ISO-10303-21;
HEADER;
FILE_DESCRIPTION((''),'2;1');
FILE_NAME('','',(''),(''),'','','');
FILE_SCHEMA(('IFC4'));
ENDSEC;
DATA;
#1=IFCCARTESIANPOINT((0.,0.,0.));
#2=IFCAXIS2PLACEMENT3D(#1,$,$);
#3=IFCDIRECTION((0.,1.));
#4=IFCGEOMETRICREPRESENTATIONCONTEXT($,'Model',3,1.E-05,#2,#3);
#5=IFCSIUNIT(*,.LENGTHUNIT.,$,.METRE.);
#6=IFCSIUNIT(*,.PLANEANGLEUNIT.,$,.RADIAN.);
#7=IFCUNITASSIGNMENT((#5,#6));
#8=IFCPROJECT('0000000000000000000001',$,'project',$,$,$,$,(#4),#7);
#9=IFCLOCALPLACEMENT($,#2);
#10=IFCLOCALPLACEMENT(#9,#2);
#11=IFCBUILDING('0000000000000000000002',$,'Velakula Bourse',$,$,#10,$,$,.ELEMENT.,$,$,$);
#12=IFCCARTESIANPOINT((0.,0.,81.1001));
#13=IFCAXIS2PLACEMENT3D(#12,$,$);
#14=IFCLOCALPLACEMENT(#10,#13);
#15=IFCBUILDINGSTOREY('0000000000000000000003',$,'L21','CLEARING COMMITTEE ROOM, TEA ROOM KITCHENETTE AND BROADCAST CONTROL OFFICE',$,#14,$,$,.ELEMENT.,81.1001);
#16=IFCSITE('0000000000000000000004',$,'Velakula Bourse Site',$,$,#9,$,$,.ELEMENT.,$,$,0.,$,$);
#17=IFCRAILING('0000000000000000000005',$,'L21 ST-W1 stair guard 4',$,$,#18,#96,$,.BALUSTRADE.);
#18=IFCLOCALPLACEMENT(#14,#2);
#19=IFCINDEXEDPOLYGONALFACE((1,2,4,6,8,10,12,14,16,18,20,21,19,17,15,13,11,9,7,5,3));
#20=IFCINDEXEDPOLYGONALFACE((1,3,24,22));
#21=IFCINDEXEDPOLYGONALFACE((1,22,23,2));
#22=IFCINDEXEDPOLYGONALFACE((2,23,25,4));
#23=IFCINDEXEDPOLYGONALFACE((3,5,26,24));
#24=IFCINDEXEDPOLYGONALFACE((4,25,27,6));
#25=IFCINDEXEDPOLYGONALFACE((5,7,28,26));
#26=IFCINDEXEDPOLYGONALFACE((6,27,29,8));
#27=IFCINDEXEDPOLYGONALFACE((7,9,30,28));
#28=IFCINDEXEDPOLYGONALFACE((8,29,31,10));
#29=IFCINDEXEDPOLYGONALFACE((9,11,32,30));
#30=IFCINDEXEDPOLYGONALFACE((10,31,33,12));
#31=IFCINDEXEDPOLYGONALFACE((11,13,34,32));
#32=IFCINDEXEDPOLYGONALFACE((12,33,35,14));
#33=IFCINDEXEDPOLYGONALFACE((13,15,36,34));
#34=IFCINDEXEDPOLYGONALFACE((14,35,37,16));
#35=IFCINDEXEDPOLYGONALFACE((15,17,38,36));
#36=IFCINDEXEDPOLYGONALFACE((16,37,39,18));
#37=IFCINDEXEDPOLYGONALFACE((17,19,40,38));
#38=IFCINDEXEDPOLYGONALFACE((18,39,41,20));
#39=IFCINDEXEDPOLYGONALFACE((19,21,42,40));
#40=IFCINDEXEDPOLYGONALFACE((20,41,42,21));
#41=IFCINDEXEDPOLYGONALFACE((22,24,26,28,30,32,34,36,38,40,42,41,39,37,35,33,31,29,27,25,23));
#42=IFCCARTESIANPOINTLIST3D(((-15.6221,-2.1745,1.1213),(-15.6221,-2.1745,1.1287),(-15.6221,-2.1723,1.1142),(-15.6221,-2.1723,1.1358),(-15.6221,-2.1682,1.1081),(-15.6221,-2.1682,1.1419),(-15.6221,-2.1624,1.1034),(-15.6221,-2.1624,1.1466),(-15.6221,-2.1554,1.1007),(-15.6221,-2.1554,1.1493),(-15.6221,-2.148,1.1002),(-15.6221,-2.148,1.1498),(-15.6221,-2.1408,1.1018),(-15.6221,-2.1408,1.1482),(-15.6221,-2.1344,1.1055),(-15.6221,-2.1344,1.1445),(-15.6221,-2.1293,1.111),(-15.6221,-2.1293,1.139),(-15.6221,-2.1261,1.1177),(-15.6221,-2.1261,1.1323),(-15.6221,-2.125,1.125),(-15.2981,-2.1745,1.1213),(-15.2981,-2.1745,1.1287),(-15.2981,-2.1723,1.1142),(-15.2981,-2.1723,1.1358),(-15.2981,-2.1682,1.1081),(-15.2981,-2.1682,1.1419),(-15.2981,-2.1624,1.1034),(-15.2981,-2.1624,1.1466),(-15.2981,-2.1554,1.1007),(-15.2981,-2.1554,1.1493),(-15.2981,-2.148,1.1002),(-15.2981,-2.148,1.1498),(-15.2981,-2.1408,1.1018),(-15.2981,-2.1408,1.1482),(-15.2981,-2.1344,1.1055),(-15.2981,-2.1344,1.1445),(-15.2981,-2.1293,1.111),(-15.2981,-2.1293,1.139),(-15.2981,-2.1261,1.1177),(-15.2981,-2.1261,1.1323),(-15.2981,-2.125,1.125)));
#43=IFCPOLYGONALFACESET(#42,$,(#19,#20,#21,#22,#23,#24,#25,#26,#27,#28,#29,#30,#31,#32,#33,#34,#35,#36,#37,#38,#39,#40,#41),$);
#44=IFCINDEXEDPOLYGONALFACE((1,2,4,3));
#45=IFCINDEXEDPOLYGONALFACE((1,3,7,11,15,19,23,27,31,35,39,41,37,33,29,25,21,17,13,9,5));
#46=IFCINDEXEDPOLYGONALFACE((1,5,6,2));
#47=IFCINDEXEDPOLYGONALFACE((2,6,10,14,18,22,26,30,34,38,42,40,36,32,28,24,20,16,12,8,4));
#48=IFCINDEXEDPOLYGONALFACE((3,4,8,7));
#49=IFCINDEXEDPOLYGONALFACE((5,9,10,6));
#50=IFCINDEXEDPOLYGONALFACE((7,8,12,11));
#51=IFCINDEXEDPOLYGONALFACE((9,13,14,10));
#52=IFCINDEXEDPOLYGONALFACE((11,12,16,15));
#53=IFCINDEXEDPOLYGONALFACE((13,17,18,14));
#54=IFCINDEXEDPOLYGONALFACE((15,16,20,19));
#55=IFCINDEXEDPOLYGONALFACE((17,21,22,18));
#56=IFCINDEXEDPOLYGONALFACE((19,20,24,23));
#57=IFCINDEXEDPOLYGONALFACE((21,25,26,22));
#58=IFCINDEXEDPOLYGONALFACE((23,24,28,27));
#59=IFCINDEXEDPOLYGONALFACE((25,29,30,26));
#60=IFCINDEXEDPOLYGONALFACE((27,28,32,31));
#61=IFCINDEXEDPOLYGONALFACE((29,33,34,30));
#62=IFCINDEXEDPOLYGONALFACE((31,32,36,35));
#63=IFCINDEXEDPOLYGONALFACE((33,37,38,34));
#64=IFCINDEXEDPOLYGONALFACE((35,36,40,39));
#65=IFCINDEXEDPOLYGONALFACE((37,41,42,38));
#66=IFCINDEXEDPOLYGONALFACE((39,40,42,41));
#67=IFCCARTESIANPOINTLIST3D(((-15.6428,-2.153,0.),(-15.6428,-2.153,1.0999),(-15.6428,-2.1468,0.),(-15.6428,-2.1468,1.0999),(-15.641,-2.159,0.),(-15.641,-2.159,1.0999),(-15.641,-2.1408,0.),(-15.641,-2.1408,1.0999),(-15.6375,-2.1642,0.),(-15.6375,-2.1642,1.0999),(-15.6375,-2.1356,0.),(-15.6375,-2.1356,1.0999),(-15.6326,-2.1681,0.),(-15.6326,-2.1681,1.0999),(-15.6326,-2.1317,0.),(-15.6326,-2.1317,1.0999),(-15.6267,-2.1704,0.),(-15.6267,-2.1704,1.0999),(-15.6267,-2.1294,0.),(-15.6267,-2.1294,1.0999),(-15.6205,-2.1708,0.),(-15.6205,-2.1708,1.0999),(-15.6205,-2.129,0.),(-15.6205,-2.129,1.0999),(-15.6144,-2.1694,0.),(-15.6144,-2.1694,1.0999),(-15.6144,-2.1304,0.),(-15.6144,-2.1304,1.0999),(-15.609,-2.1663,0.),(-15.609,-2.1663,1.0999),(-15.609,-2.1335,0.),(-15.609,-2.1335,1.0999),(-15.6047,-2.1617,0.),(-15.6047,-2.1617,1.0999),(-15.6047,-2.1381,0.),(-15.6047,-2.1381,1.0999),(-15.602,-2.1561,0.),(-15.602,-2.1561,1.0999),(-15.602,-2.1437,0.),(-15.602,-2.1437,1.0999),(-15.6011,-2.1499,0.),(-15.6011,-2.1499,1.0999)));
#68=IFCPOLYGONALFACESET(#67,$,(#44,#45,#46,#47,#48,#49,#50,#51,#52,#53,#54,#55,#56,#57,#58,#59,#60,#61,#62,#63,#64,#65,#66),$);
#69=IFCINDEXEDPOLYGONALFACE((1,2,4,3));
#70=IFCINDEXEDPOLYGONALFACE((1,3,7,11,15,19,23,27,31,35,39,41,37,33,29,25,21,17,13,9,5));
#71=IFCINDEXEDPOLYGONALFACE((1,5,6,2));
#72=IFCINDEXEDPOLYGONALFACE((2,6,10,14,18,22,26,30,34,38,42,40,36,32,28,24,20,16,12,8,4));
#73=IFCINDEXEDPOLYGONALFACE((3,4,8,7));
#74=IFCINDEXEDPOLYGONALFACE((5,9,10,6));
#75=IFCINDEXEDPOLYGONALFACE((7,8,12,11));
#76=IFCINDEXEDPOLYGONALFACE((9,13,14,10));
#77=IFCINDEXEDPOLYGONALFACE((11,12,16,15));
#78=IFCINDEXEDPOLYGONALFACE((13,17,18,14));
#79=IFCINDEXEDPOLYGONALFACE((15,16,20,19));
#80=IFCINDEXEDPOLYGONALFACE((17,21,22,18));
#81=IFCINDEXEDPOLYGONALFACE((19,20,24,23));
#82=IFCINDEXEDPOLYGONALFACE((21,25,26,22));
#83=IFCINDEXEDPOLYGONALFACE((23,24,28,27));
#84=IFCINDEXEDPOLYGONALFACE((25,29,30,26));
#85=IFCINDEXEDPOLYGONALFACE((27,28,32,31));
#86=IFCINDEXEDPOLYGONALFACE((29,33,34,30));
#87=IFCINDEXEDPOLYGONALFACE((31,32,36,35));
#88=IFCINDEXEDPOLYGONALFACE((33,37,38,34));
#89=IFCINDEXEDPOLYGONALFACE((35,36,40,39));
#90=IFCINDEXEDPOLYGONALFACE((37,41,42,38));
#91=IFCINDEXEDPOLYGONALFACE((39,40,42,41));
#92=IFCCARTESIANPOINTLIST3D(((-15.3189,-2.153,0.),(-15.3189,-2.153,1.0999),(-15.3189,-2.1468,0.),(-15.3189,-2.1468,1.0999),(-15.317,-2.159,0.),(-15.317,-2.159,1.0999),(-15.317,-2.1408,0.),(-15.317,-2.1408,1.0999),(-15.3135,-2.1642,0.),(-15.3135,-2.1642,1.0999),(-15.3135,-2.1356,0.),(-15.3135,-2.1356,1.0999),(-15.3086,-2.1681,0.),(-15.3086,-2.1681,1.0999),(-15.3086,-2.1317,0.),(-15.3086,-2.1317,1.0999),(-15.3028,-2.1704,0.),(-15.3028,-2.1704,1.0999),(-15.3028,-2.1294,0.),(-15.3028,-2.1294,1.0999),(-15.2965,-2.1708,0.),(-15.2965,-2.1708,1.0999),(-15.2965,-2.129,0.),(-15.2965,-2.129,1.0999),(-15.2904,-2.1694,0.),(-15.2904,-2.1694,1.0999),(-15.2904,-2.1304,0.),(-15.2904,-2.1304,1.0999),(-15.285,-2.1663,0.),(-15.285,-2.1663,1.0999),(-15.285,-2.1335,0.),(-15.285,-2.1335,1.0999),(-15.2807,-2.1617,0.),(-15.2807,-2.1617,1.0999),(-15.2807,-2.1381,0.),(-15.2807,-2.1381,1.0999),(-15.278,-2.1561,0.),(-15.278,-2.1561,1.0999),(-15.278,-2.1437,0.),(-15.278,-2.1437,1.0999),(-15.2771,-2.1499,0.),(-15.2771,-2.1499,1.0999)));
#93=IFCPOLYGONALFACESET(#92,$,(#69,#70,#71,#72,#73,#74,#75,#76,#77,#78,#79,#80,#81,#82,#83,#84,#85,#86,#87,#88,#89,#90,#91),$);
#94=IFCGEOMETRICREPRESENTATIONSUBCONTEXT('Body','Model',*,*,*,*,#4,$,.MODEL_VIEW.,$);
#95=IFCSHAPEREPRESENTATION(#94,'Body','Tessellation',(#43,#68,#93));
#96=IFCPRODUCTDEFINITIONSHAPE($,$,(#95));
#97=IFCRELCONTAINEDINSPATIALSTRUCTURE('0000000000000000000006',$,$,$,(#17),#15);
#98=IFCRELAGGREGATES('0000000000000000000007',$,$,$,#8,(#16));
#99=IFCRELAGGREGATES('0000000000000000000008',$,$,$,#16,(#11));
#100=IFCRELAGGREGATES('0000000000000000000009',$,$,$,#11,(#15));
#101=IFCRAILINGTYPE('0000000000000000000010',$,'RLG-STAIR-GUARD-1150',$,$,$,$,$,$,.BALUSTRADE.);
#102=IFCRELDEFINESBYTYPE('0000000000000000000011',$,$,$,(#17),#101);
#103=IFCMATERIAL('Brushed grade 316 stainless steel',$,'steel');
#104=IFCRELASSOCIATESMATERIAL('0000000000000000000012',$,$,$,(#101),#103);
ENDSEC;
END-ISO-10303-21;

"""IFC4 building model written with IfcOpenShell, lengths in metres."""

from ifc_helpers import new_model, si_unit, direction, frame, origin, origin_2d, place, context, subcontext, project, spatial, circle, extrude, material, type_object, element, save


model = new_model("IFC4")

# Units and contexts
model_context = context("Model", 3, precision=1e-05, world=origin(), true_north=direction((0.0, 1.0)))
body_context = subcontext(model_context, "Body", "Model", "MODEL_VIEW")
ifc_project = project(units=[si_unit("LENGTHUNIT", "METRE"), si_unit("PLANEANGLEUNIT", "RADIAN")], contexts=[model_context])

# Site, building, storey
site_placement = place(None, origin())
site = spatial("IfcSite", under=ifc_project, at=site_placement, Name="Velakula Bourse Site", CompositionType="ELEMENT", RefElevation=0.0)
building_placement = place(site_placement, origin())
building = spatial("IfcBuilding", under=site, at=building_placement, Name="Velakula Bourse", CompositionType="ELEMENT")
storey_placement = place(building_placement, frame((0.0, 0.0, 81.1001)))
storey = spatial("IfcBuildingStorey", under=building, at=storey_placement, Name="L21", Description="CLEARING COMMITTEE ROOM, TEA ROOM KITCHENETTE AND BROADCAST CONTROL OFFICE", CompositionType="ELEMENT", Elevation=81.1001)

# Shared definitions
ifc_material_1 = material(Name="Brushed grade 316 stainless steel", Category="steel")

# Railing
railing_type_1 = type_object("IfcRailingType", Name="RLG-STAIR-GUARD-1150", PredefinedType="BALUSTRADE", material=ifc_material_1)
railing_1_placement = place(storey_placement, frame((-15.6221, -2.1499, 0.0)))
element("IfcRailing", 1, at=railing_1_placement, inside=storey, type_object=railing_type_1, Name="L21 ST-W1 stair guard 4", PredefinedType="BALUSTRADE", context=body_context, shape_type="SweptSolid", body=[
    extrude(circle(Radius=0.0249, at=origin_2d()), frame((0.0, 0.0, 1.125), z_axis=(1.0, 0.0, 0.0), x_axis=(0.0, 1.0, 0.0)), (0.0, 0.0, 1.0), 0.324),
    extrude(circle(Radius=0.021, at=origin_2d()), origin(), (0.0, 0.0, 1.0), 1.0999),
    extrude(circle(Radius=0.021, at=origin_2d()), frame((0.324, 0.0, 0.0)), (0.0, 0.0, 1.0), 1.0999),
])

save(model, "model.ifc")
